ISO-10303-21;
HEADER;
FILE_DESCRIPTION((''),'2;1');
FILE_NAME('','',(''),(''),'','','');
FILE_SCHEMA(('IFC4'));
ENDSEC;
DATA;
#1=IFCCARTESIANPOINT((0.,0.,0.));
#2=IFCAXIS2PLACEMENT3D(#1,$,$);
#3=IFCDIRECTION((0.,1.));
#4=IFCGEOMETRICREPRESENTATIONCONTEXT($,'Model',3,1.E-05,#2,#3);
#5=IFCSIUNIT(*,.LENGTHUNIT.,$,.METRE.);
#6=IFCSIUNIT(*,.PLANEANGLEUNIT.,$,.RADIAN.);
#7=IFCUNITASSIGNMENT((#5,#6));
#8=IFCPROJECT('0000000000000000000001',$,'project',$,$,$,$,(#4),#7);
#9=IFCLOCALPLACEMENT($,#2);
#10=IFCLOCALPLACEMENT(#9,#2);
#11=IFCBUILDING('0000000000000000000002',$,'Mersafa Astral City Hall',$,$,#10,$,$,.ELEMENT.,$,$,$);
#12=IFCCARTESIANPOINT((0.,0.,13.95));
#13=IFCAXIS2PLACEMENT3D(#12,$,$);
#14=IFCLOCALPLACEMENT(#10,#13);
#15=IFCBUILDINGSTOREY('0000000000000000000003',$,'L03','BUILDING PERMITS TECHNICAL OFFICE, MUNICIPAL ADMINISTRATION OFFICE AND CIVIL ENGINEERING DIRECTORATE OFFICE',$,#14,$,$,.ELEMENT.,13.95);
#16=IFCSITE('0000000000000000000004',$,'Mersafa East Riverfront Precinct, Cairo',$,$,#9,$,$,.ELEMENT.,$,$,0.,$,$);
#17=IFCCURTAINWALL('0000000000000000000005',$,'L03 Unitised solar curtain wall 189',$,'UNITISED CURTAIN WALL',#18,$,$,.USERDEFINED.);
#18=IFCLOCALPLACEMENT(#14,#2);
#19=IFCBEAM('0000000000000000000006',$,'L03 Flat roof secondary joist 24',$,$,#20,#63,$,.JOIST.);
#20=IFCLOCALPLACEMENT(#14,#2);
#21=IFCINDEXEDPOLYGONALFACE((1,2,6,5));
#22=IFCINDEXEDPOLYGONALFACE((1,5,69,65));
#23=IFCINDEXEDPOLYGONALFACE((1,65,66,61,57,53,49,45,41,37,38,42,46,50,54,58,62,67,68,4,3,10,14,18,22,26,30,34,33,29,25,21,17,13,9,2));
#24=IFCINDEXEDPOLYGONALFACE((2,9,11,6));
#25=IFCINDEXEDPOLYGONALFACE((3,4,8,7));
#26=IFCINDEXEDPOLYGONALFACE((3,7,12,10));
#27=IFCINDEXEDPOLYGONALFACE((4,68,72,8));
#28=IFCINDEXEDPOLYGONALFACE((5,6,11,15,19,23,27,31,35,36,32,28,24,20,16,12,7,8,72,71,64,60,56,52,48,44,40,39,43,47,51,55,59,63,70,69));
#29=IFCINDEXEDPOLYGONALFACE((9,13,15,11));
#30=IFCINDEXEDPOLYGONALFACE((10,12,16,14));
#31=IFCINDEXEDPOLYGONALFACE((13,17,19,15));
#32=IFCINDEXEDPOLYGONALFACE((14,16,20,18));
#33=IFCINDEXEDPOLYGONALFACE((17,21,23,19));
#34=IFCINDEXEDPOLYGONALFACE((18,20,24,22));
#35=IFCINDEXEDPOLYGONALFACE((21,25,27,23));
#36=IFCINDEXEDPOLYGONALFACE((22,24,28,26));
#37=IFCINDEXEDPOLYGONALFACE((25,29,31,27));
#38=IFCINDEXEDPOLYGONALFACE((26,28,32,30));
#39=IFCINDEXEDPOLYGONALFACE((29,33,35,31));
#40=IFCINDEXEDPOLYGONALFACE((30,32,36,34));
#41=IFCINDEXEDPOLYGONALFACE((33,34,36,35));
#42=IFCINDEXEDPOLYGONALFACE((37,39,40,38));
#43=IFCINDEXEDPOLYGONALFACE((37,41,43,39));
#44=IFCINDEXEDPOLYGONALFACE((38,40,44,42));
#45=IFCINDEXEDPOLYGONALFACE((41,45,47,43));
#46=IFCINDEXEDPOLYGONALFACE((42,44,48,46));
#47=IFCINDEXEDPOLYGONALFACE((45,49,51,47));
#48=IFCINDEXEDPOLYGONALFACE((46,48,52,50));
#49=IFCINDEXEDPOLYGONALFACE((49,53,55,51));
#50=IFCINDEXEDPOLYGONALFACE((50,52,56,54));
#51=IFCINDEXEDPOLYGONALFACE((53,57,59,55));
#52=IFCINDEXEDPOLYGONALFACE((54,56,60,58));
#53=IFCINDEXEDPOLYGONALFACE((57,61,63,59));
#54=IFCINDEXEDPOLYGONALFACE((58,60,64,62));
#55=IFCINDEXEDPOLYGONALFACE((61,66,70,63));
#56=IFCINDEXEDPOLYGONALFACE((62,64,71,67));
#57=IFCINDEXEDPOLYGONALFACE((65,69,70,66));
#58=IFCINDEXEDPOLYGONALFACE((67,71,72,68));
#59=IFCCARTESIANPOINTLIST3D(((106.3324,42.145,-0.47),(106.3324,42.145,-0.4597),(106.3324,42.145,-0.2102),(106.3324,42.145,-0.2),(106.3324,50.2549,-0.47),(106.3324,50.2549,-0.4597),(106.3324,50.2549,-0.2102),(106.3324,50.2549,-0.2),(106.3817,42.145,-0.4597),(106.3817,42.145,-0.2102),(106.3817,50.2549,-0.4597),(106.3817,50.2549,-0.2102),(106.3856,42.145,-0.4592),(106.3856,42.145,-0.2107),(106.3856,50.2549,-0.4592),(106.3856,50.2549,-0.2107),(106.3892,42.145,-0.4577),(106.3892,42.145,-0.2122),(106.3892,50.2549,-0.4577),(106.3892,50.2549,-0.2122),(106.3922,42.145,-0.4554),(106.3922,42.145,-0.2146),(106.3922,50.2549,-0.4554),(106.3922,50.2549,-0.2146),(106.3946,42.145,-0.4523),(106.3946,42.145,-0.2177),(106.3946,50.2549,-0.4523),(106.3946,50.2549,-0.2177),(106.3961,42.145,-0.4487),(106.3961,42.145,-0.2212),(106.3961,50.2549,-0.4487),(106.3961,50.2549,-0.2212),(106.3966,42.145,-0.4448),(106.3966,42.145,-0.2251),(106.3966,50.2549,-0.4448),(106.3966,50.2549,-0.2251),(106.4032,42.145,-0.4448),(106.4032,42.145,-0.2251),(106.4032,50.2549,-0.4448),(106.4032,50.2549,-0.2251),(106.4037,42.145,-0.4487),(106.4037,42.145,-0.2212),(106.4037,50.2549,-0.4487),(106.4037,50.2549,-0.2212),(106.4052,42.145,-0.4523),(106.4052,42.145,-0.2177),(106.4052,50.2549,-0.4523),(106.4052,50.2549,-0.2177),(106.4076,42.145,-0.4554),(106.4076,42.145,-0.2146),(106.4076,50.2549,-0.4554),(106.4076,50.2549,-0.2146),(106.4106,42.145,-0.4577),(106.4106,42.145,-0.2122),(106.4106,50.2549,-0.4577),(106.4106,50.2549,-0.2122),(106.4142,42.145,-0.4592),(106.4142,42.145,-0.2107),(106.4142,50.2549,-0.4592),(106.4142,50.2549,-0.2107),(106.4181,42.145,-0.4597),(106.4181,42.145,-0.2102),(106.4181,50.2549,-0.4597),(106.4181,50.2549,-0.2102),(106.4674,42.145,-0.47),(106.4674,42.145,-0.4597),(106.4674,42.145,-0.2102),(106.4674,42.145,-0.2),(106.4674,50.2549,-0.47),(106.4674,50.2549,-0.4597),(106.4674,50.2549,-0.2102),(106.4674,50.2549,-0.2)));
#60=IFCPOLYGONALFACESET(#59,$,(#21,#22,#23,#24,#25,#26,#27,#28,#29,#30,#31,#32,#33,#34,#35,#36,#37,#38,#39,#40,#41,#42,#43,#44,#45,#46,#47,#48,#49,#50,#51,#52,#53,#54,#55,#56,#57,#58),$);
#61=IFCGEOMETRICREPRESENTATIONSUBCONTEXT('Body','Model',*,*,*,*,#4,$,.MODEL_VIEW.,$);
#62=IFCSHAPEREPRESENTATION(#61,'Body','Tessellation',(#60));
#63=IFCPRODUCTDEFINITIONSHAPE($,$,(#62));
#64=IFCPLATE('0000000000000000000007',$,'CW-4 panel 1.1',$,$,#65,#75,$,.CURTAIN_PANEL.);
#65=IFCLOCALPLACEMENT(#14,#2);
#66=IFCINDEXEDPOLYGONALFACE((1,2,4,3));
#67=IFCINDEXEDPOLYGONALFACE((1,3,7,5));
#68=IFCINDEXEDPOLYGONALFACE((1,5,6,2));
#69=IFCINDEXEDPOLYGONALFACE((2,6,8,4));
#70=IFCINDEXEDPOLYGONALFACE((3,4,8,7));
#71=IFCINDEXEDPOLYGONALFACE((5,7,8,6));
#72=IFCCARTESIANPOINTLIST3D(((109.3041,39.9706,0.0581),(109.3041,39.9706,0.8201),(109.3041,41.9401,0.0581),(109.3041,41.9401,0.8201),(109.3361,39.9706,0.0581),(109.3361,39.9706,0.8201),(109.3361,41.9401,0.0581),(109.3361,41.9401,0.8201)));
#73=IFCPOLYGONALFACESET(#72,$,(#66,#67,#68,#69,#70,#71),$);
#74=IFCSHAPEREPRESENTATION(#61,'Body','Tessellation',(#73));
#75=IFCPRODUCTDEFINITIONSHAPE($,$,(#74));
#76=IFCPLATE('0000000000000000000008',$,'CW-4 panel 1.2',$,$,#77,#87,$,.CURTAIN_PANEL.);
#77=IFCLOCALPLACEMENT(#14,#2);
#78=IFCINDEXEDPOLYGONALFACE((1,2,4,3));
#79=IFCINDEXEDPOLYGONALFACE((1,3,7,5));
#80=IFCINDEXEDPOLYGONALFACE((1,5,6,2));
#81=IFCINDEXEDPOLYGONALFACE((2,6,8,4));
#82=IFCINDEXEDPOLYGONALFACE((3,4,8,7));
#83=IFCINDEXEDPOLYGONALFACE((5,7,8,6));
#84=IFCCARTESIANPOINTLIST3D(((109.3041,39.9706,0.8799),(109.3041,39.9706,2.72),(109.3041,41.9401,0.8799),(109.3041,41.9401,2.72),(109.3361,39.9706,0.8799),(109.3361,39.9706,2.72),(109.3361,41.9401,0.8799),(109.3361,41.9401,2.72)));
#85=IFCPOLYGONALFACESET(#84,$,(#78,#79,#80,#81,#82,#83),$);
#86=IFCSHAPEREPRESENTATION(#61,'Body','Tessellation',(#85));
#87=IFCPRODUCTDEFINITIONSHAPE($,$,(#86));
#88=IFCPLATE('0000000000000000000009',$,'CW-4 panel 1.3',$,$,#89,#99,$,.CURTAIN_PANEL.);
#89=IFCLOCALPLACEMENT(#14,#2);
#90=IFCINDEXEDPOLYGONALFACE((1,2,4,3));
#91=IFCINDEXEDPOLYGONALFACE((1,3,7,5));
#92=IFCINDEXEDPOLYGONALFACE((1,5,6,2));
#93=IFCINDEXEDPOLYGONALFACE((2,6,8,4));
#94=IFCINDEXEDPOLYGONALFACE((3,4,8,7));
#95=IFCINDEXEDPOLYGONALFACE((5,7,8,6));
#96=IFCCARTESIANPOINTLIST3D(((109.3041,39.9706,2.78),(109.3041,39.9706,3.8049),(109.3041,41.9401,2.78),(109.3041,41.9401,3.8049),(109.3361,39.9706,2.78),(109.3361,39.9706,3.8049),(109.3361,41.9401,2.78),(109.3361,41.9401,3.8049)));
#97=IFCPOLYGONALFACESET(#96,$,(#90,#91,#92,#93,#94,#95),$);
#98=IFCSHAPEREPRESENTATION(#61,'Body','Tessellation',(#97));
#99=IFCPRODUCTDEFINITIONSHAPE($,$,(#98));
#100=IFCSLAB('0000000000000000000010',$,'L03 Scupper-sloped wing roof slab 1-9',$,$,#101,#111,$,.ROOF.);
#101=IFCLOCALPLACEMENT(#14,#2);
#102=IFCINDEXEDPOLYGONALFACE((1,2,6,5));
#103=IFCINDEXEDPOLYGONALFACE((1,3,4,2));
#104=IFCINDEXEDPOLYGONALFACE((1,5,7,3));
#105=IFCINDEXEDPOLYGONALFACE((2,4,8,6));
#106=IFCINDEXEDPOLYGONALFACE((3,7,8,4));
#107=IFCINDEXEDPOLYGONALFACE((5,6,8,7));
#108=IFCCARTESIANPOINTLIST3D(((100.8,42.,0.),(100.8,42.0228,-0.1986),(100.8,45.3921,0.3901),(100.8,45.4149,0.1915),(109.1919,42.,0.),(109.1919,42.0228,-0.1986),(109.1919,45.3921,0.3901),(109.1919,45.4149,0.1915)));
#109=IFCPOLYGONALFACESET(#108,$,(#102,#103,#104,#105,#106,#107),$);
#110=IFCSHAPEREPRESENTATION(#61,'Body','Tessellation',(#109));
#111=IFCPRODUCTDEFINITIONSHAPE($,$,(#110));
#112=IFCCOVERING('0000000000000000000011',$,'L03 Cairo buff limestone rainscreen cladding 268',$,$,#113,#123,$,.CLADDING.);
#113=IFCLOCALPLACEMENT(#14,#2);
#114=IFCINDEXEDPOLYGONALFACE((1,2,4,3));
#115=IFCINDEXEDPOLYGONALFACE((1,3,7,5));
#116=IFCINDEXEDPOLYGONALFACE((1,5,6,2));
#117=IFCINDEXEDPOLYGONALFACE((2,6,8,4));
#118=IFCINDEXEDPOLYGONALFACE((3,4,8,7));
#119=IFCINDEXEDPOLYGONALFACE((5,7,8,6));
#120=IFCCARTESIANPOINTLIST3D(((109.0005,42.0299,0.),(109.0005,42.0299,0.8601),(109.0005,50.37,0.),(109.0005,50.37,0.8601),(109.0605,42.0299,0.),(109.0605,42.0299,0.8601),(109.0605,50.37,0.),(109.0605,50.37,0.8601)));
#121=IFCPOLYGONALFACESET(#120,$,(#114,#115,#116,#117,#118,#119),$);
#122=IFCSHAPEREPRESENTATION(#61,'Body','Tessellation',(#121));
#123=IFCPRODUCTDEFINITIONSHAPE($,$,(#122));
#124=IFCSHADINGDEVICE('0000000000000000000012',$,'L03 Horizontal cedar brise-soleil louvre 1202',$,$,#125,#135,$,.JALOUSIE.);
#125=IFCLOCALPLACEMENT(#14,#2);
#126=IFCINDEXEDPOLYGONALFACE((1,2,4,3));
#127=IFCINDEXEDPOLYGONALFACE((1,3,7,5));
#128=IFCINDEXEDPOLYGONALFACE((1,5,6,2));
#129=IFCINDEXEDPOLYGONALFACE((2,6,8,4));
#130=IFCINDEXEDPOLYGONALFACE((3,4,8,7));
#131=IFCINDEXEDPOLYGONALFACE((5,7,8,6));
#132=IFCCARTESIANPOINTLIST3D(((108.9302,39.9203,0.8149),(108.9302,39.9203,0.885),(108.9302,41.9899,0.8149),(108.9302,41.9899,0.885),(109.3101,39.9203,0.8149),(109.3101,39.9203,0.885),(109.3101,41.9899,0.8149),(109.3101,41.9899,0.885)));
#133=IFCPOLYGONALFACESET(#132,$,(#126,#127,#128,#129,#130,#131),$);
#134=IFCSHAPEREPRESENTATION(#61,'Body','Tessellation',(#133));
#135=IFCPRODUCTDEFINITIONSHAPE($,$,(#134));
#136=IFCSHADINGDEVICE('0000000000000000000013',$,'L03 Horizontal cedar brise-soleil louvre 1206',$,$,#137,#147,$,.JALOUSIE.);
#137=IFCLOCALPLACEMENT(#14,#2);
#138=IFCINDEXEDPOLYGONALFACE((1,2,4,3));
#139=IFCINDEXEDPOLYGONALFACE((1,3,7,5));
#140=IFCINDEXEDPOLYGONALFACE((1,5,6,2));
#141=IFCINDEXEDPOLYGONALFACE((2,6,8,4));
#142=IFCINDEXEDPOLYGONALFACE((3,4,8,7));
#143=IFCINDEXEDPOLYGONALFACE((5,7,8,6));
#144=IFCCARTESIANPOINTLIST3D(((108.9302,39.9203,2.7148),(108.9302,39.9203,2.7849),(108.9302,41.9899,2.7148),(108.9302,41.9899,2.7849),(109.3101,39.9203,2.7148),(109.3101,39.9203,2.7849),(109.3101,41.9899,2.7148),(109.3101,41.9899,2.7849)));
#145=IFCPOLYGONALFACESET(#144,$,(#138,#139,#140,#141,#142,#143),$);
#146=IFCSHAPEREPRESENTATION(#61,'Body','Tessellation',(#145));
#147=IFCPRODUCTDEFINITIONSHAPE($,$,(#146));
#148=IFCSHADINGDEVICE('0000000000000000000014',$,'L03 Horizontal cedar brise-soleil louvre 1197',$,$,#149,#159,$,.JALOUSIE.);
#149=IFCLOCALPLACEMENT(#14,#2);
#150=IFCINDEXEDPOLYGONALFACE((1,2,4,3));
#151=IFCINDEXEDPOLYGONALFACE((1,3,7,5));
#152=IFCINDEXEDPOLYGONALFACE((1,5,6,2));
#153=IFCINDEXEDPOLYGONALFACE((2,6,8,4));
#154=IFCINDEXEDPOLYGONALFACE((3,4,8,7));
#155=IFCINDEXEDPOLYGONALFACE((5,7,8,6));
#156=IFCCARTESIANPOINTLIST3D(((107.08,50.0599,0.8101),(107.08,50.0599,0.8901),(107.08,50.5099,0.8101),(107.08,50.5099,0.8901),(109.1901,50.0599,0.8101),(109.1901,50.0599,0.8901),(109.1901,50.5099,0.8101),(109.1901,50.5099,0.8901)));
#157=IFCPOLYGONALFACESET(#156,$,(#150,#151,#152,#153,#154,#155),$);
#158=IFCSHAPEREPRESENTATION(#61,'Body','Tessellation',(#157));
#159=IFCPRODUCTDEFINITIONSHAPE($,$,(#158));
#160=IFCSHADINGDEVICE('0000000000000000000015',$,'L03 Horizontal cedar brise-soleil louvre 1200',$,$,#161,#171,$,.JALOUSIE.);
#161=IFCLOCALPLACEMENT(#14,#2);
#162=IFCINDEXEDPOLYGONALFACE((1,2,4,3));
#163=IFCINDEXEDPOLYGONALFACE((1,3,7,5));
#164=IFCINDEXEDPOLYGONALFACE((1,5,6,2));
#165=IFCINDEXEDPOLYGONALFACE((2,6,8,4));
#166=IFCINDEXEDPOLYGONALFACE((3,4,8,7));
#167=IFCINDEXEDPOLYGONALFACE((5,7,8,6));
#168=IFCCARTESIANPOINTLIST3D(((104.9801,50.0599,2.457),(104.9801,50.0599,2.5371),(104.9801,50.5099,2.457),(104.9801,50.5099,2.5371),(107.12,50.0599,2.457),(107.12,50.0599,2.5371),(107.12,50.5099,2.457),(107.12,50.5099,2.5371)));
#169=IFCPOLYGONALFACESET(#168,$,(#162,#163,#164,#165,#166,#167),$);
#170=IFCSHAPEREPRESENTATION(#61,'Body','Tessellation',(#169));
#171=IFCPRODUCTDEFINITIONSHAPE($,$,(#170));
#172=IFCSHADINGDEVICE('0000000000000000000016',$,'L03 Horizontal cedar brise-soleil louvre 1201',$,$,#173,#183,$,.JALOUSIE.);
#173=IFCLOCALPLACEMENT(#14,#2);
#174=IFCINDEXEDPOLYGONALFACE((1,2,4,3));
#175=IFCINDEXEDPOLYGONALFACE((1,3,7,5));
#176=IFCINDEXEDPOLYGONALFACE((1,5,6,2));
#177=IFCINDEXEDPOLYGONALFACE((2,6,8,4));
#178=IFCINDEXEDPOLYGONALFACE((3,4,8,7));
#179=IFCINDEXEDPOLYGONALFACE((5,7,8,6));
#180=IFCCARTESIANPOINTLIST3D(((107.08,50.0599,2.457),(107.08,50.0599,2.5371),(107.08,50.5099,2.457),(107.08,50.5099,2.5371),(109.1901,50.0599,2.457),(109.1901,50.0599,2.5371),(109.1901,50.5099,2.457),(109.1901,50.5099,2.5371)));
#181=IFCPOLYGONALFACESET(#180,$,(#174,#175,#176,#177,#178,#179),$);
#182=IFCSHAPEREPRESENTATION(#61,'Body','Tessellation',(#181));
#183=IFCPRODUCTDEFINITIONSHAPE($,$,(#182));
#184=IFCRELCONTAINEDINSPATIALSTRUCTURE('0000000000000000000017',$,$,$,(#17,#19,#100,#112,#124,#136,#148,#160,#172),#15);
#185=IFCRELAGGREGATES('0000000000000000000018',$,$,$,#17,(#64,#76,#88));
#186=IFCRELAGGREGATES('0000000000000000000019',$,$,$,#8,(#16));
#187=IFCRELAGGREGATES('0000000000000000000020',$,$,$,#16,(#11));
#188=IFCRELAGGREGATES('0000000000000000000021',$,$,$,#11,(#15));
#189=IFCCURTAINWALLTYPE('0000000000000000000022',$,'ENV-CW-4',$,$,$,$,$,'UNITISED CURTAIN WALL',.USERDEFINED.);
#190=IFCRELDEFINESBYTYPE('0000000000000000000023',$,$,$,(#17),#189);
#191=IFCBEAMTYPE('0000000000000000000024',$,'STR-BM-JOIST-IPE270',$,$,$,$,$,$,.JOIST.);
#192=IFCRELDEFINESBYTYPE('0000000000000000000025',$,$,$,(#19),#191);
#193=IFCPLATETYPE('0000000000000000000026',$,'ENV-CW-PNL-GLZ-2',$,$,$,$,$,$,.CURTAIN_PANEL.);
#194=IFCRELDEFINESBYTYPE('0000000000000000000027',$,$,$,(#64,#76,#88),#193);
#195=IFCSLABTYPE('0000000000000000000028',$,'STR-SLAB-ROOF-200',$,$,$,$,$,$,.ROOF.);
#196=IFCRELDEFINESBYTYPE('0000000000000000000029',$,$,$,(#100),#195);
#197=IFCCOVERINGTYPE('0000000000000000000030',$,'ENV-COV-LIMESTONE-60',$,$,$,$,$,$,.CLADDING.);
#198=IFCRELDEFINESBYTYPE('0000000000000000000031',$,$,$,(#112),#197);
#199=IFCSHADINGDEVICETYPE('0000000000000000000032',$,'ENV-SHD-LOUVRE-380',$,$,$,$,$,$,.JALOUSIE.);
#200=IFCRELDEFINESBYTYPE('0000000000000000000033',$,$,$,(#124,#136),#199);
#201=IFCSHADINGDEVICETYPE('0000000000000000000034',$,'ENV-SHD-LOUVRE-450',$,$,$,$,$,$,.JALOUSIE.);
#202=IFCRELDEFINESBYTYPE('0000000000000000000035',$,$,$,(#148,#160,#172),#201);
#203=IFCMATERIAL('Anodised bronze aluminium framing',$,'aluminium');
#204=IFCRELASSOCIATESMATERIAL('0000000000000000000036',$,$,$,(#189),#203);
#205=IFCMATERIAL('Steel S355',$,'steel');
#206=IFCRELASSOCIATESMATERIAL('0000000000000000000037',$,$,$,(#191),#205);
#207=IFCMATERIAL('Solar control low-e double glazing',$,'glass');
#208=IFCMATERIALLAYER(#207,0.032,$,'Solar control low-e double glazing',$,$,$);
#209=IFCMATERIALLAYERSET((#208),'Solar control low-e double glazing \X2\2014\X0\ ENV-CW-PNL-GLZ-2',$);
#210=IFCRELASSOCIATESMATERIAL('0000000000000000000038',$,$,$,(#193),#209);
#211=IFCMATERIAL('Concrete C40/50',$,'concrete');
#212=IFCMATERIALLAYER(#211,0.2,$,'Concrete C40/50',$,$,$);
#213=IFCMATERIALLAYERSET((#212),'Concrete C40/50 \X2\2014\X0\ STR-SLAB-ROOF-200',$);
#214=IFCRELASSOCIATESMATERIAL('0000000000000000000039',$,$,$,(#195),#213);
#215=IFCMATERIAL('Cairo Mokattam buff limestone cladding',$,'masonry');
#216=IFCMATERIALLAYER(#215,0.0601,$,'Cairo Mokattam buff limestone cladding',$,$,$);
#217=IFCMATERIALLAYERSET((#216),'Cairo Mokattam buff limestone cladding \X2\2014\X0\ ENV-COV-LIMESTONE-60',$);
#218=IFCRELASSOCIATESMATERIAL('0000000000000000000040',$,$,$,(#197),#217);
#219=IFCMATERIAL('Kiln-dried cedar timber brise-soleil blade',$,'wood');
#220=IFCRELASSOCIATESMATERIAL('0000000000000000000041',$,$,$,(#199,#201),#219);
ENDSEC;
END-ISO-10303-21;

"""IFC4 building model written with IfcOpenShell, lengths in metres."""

from ifc_helpers import new_model, si_unit, direction, frame, origin, origin_2d, place, context, subcontext, project, spatial, polyline, rectangle, i_section, outline, extrude, material, layer, layer_set, material_profile, profile_set, type_object, element, aggregate, save


model = new_model("IFC4")

# Units and contexts
model_context = context("Model", 3, precision=1e-05, world=origin(), true_north=direction((0.0, 1.0)))
body_context = subcontext(model_context, "Body", "Model", "MODEL_VIEW")
ifc_project = project(units=[si_unit("LENGTHUNIT", "METRE"), si_unit("PLANEANGLEUNIT", "RADIAN")], contexts=[model_context])

# Site, building, storey
site_placement = place(None, origin())
site = spatial("IfcSite", under=ifc_project, at=site_placement, Name="Mersafa East Riverfront Precinct, Cairo", CompositionType="ELEMENT", RefElevation=0.0)
building_placement = place(site_placement, origin())
building = spatial("IfcBuilding", under=site, at=building_placement, Name="Mersafa Astral City Hall", CompositionType="ELEMENT")
storey_placement = place(building_placement, frame((0.0, 0.0, 13.95)))
storey = spatial("IfcBuildingStorey", under=building, at=storey_placement, Name="L03", Description="BUILDING PERMITS TECHNICAL OFFICE, MUNICIPAL ADMINISTRATION OFFICE AND CIVIL ENGINEERING DIRECTORATE OFFICE", CompositionType="ELEMENT", Elevation=13.95)

# Curtain wall
ifc_material_1 = material(Name="Anodised bronze aluminium framing", Category="aluminium")
curtain_wall_type = type_object("IfcCurtainWallType", Name="ENV-CW-4", ElementType="UNITISED CURTAIN WALL", PredefinedType="USERDEFINED", material=ifc_material_1)
curtain_wall_placement = place(storey_placement, origin())
curtain_wall = element("IfcCurtainWall", 1, at=curtain_wall_placement, inside=storey, type_object=curtain_wall_type, Name="L03 Unitised solar curtain wall 189", ObjectType="UNITISED CURTAIN WALL", PredefinedType="USERDEFINED")

# Beam
ifc_material_2 = material(Name="Steel S355", Category="steel")
ifc_material_profile_1 = material_profile(ifc_material_2, i_section(OverallWidth=0.135, OverallDepth=0.27, WebThickness=0.0066, FlangeThickness=0.0103, FilletRadius=0.0149, at=origin_2d()), Name="IPE 270")
ifc_profile_set_1 = profile_set([ifc_material_profile_1], Name="Steel S355")
beam_type = type_object("IfcBeamType", Name="STR-BM-JOIST-IPE270", PredefinedType="JOIST", material=ifc_profile_set_1)
beam_placement = place(storey_placement, frame((106.3999, 42.145, -0.335), z_axis=(0.0, 1.0, 0.0), x_axis=(-1.0, 0.0, 0.0)))
element("IfcBeam", 2, at=beam_placement, inside=storey, type_object=beam_type, Name="L03 Flat roof secondary joist 24", PredefinedType="JOIST", context=body_context, shape_type="SweptSolid", body=[
    extrude(i_section(OverallWidth=0.135, OverallDepth=0.27, WebThickness=0.0066, FlangeThickness=0.0103, FilletRadius=0.0149, at=origin_2d()), origin(), (0.0, 0.0, 1.0), 8.1099),
])

# Plates
ifc_material_3 = material(Name="Solar control low-e double glazing", Category="glass")
ifc_layer_1 = layer(ifc_material_3, 0.032, Name="Solar control low-e double glazing")
ifc_layer_set_1 = layer_set([ifc_layer_1], Name="Solar control low-e double glazing — ENV-CW-PNL-GLZ-2")
plate_type = type_object("IfcPlateType", Name="ENV-CW-PNL-GLZ-2", PredefinedType="CURTAIN_PANEL", material=ifc_layer_set_1)
plate_1_placement = place(storey_placement, frame((109.3201, 40.9553, 0.0581), z_axis=(0.0, 0.0, 1.0), x_axis=(0.0, -1.0, 0.0)))
plate_1 = element("IfcPlate", 3, at=plate_1_placement, type_object=plate_type, Name="CW-4 panel 1.1", PredefinedType="CURTAIN_PANEL", context=body_context, shape_type="SweptSolid", body=[
    extrude(rectangle(XDim=1.9695, YDim=0.032, at=origin_2d()), origin(), (0.0, 0.0, 1.0), 0.762),
])
plate_2_placement = place(storey_placement, frame((109.3201, 40.9553, 0.8799), z_axis=(0.0, 0.0, 1.0), x_axis=(0.0, -1.0, 0.0)))
plate_2 = element("IfcPlate", 4, at=plate_2_placement, type_object=plate_type, Name="CW-4 panel 1.2", PredefinedType="CURTAIN_PANEL", context=body_context, shape_type="SweptSolid", body=[
    extrude(rectangle(XDim=1.9695, YDim=0.032, at=origin_2d()), origin(), (0.0, 0.0, 1.0), 1.8401),
])
plate_3_placement = place(storey_placement, frame((109.3201, 40.9553, 2.78), z_axis=(0.0, 0.0, 1.0), x_axis=(0.0, -1.0, 0.0)))
plate_3 = element("IfcPlate", 5, at=plate_3_placement, type_object=plate_type, Name="CW-4 panel 1.3", PredefinedType="CURTAIN_PANEL", context=body_context, shape_type="SweptSolid", body=[
    extrude(rectangle(XDim=1.9695, YDim=0.032, at=origin_2d()), origin(), (0.0, 0.0, 1.0), 1.0249),
])
aggregate(curtain_wall, [plate_1, plate_2, plate_3])

# Slab
ifc_material_4 = material(Name="Concrete C40/50", Category="concrete")
ifc_layer_2 = layer(ifc_material_4, 0.2, Name="Concrete C40/50")
ifc_layer_set_2 = layer_set([ifc_layer_2], Name="Concrete C40/50 — STR-SLAB-ROOF-200")
slab_type = type_object("IfcSlabType", Name="STR-SLAB-ROOF-200", PredefinedType="ROOF", material=ifc_layer_set_2)
slab_placement = place(storey_placement, frame((109.1919, 45.3921, 0.3901), z_axis=(0.0, -0.11426, 0.993451), x_axis=(-1.0, 0.0, 0.0)))
element("IfcSlab", 6, at=slab_placement, inside=storey, type_object=slab_type, Name="L03 Scupper-sloped wing roof slab 1-9", PredefinedType="ROOF", context=body_context, shape_type="SweptSolid", body=[
    extrude(outline(polyline([(0.0, 0.0), (8.3918, 0.0), (8.3918, 3.4145), (0.0, 3.4145), (0.0, 0.0)])), origin(), (0.0, 0.0, -1.0), 0.2),
])

# Covering
ifc_material_5 = material(Name="Cairo Mokattam buff limestone cladding", Category="masonry")
ifc_layer_3 = layer(ifc_material_5, 0.0601, Name="Cairo Mokattam buff limestone cladding")
ifc_layer_set_3 = layer_set([ifc_layer_3], Name="Cairo Mokattam buff limestone cladding — ENV-COV-LIMESTONE-60")
covering_type = type_object("IfcCoveringType", Name="ENV-COV-LIMESTONE-60", PredefinedType="CLADDING", material=ifc_layer_set_3)
covering_placement = place(storey_placement, frame((109.0305, 46.2, 0.0), z_axis=(0.0, 0.0, 1.0), x_axis=(0.0, -1.0, 0.0)))
element("IfcCovering", 7, at=covering_placement, inside=storey, type_object=covering_type, Name="L03 Cairo buff limestone rainscreen cladding 268", PredefinedType="CLADDING", context=body_context, shape_type="SweptSolid", body=[
    extrude(rectangle(XDim=8.3401, YDim=0.0601, at=origin_2d()), origin(), (0.0, 0.0, 1.0), 0.8601),
])

# Shading devices
ifc_material_6 = material(Name="Kiln-dried cedar timber brise-soleil blade", Category="wood")
shading_device_type_1 = type_object("IfcShadingDeviceType", Name="ENV-SHD-LOUVRE-380", PredefinedType="JALOUSIE", material=ifc_material_6)
for number, where, z_axis, x_axis, name in (
    (8, (109.1201, 40.9551, 0.8149), (0.0, 0.0, 1.0), (0.0, -1.0, 0.0), "L03 Horizontal cedar brise-soleil louvre 1202"),
    (9, (109.1201, 40.9551, 2.7148), (0.0, 0.0, 1.0), (0.0, -1.0, 0.0), "L03 Horizontal cedar brise-soleil louvre 1206"),
):
    element("IfcShadingDevice", number, at=place(storey_placement, frame(where, z_axis=z_axis, x_axis=x_axis)), inside=storey, type_object=shading_device_type_1, Name=name, PredefinedType="JALOUSIE", context=body_context, shape_type="SweptSolid", body=[
        extrude(rectangle(XDim=2.0696, YDim=0.3799, at=origin_2d()), origin(), (0.0, 0.0, 1.0), 0.0701),
    ])
shading_device_type_2 = type_object("IfcShadingDeviceType", Name="ENV-SHD-LOUVRE-450", PredefinedType="JALOUSIE", material=ifc_material_6)
shading_device_1_placement = place(storey_placement, frame((108.135, 50.2849, 0.8101), z_axis=(0.0, 0.0, 1.0), x_axis=(1.0, 0.0, 0.0)))
element("IfcShadingDevice", 10, at=shading_device_1_placement, inside=storey, type_object=shading_device_type_2, Name="L03 Horizontal cedar brise-soleil louvre 1197", PredefinedType="JALOUSIE", context=body_context, shape_type="SweptSolid", body=[
    extrude(rectangle(XDim=2.1101, YDim=0.45, at=origin_2d()), origin(), (0.0, 0.0, 1.0), 0.0801),
])
shading_device_2_placement = place(storey_placement, frame((106.05, 50.2849, 2.457), z_axis=(0.0, 0.0, 1.0), x_axis=(1.0, 0.0, 0.0)))
element("IfcShadingDevice", 11, at=shading_device_2_placement, inside=storey, type_object=shading_device_type_2, Name="L03 Horizontal cedar brise-soleil louvre 1200", PredefinedType="JALOUSIE", context=body_context, shape_type="SweptSolid", body=[
    extrude(rectangle(XDim=2.1399, YDim=0.45, at=origin_2d()), origin(), (0.0, 0.0, 1.0), 0.0801),
])
shading_device_3_placement = place(storey_placement, frame((108.135, 50.2849, 2.457), z_axis=(0.0, 0.0, 1.0), x_axis=(1.0, 0.0, 0.0)))
element("IfcShadingDevice", 12, at=shading_device_3_placement, inside=storey, type_object=shading_device_type_2, Name="L03 Horizontal cedar brise-soleil louvre 1201", PredefinedType="JALOUSIE", context=body_context, shape_type="SweptSolid", body=[
    extrude(rectangle(XDim=2.1101, YDim=0.45, at=origin_2d()), origin(), (0.0, 0.0, 1.0), 0.0801),
])

save(model, "model.ifc")
